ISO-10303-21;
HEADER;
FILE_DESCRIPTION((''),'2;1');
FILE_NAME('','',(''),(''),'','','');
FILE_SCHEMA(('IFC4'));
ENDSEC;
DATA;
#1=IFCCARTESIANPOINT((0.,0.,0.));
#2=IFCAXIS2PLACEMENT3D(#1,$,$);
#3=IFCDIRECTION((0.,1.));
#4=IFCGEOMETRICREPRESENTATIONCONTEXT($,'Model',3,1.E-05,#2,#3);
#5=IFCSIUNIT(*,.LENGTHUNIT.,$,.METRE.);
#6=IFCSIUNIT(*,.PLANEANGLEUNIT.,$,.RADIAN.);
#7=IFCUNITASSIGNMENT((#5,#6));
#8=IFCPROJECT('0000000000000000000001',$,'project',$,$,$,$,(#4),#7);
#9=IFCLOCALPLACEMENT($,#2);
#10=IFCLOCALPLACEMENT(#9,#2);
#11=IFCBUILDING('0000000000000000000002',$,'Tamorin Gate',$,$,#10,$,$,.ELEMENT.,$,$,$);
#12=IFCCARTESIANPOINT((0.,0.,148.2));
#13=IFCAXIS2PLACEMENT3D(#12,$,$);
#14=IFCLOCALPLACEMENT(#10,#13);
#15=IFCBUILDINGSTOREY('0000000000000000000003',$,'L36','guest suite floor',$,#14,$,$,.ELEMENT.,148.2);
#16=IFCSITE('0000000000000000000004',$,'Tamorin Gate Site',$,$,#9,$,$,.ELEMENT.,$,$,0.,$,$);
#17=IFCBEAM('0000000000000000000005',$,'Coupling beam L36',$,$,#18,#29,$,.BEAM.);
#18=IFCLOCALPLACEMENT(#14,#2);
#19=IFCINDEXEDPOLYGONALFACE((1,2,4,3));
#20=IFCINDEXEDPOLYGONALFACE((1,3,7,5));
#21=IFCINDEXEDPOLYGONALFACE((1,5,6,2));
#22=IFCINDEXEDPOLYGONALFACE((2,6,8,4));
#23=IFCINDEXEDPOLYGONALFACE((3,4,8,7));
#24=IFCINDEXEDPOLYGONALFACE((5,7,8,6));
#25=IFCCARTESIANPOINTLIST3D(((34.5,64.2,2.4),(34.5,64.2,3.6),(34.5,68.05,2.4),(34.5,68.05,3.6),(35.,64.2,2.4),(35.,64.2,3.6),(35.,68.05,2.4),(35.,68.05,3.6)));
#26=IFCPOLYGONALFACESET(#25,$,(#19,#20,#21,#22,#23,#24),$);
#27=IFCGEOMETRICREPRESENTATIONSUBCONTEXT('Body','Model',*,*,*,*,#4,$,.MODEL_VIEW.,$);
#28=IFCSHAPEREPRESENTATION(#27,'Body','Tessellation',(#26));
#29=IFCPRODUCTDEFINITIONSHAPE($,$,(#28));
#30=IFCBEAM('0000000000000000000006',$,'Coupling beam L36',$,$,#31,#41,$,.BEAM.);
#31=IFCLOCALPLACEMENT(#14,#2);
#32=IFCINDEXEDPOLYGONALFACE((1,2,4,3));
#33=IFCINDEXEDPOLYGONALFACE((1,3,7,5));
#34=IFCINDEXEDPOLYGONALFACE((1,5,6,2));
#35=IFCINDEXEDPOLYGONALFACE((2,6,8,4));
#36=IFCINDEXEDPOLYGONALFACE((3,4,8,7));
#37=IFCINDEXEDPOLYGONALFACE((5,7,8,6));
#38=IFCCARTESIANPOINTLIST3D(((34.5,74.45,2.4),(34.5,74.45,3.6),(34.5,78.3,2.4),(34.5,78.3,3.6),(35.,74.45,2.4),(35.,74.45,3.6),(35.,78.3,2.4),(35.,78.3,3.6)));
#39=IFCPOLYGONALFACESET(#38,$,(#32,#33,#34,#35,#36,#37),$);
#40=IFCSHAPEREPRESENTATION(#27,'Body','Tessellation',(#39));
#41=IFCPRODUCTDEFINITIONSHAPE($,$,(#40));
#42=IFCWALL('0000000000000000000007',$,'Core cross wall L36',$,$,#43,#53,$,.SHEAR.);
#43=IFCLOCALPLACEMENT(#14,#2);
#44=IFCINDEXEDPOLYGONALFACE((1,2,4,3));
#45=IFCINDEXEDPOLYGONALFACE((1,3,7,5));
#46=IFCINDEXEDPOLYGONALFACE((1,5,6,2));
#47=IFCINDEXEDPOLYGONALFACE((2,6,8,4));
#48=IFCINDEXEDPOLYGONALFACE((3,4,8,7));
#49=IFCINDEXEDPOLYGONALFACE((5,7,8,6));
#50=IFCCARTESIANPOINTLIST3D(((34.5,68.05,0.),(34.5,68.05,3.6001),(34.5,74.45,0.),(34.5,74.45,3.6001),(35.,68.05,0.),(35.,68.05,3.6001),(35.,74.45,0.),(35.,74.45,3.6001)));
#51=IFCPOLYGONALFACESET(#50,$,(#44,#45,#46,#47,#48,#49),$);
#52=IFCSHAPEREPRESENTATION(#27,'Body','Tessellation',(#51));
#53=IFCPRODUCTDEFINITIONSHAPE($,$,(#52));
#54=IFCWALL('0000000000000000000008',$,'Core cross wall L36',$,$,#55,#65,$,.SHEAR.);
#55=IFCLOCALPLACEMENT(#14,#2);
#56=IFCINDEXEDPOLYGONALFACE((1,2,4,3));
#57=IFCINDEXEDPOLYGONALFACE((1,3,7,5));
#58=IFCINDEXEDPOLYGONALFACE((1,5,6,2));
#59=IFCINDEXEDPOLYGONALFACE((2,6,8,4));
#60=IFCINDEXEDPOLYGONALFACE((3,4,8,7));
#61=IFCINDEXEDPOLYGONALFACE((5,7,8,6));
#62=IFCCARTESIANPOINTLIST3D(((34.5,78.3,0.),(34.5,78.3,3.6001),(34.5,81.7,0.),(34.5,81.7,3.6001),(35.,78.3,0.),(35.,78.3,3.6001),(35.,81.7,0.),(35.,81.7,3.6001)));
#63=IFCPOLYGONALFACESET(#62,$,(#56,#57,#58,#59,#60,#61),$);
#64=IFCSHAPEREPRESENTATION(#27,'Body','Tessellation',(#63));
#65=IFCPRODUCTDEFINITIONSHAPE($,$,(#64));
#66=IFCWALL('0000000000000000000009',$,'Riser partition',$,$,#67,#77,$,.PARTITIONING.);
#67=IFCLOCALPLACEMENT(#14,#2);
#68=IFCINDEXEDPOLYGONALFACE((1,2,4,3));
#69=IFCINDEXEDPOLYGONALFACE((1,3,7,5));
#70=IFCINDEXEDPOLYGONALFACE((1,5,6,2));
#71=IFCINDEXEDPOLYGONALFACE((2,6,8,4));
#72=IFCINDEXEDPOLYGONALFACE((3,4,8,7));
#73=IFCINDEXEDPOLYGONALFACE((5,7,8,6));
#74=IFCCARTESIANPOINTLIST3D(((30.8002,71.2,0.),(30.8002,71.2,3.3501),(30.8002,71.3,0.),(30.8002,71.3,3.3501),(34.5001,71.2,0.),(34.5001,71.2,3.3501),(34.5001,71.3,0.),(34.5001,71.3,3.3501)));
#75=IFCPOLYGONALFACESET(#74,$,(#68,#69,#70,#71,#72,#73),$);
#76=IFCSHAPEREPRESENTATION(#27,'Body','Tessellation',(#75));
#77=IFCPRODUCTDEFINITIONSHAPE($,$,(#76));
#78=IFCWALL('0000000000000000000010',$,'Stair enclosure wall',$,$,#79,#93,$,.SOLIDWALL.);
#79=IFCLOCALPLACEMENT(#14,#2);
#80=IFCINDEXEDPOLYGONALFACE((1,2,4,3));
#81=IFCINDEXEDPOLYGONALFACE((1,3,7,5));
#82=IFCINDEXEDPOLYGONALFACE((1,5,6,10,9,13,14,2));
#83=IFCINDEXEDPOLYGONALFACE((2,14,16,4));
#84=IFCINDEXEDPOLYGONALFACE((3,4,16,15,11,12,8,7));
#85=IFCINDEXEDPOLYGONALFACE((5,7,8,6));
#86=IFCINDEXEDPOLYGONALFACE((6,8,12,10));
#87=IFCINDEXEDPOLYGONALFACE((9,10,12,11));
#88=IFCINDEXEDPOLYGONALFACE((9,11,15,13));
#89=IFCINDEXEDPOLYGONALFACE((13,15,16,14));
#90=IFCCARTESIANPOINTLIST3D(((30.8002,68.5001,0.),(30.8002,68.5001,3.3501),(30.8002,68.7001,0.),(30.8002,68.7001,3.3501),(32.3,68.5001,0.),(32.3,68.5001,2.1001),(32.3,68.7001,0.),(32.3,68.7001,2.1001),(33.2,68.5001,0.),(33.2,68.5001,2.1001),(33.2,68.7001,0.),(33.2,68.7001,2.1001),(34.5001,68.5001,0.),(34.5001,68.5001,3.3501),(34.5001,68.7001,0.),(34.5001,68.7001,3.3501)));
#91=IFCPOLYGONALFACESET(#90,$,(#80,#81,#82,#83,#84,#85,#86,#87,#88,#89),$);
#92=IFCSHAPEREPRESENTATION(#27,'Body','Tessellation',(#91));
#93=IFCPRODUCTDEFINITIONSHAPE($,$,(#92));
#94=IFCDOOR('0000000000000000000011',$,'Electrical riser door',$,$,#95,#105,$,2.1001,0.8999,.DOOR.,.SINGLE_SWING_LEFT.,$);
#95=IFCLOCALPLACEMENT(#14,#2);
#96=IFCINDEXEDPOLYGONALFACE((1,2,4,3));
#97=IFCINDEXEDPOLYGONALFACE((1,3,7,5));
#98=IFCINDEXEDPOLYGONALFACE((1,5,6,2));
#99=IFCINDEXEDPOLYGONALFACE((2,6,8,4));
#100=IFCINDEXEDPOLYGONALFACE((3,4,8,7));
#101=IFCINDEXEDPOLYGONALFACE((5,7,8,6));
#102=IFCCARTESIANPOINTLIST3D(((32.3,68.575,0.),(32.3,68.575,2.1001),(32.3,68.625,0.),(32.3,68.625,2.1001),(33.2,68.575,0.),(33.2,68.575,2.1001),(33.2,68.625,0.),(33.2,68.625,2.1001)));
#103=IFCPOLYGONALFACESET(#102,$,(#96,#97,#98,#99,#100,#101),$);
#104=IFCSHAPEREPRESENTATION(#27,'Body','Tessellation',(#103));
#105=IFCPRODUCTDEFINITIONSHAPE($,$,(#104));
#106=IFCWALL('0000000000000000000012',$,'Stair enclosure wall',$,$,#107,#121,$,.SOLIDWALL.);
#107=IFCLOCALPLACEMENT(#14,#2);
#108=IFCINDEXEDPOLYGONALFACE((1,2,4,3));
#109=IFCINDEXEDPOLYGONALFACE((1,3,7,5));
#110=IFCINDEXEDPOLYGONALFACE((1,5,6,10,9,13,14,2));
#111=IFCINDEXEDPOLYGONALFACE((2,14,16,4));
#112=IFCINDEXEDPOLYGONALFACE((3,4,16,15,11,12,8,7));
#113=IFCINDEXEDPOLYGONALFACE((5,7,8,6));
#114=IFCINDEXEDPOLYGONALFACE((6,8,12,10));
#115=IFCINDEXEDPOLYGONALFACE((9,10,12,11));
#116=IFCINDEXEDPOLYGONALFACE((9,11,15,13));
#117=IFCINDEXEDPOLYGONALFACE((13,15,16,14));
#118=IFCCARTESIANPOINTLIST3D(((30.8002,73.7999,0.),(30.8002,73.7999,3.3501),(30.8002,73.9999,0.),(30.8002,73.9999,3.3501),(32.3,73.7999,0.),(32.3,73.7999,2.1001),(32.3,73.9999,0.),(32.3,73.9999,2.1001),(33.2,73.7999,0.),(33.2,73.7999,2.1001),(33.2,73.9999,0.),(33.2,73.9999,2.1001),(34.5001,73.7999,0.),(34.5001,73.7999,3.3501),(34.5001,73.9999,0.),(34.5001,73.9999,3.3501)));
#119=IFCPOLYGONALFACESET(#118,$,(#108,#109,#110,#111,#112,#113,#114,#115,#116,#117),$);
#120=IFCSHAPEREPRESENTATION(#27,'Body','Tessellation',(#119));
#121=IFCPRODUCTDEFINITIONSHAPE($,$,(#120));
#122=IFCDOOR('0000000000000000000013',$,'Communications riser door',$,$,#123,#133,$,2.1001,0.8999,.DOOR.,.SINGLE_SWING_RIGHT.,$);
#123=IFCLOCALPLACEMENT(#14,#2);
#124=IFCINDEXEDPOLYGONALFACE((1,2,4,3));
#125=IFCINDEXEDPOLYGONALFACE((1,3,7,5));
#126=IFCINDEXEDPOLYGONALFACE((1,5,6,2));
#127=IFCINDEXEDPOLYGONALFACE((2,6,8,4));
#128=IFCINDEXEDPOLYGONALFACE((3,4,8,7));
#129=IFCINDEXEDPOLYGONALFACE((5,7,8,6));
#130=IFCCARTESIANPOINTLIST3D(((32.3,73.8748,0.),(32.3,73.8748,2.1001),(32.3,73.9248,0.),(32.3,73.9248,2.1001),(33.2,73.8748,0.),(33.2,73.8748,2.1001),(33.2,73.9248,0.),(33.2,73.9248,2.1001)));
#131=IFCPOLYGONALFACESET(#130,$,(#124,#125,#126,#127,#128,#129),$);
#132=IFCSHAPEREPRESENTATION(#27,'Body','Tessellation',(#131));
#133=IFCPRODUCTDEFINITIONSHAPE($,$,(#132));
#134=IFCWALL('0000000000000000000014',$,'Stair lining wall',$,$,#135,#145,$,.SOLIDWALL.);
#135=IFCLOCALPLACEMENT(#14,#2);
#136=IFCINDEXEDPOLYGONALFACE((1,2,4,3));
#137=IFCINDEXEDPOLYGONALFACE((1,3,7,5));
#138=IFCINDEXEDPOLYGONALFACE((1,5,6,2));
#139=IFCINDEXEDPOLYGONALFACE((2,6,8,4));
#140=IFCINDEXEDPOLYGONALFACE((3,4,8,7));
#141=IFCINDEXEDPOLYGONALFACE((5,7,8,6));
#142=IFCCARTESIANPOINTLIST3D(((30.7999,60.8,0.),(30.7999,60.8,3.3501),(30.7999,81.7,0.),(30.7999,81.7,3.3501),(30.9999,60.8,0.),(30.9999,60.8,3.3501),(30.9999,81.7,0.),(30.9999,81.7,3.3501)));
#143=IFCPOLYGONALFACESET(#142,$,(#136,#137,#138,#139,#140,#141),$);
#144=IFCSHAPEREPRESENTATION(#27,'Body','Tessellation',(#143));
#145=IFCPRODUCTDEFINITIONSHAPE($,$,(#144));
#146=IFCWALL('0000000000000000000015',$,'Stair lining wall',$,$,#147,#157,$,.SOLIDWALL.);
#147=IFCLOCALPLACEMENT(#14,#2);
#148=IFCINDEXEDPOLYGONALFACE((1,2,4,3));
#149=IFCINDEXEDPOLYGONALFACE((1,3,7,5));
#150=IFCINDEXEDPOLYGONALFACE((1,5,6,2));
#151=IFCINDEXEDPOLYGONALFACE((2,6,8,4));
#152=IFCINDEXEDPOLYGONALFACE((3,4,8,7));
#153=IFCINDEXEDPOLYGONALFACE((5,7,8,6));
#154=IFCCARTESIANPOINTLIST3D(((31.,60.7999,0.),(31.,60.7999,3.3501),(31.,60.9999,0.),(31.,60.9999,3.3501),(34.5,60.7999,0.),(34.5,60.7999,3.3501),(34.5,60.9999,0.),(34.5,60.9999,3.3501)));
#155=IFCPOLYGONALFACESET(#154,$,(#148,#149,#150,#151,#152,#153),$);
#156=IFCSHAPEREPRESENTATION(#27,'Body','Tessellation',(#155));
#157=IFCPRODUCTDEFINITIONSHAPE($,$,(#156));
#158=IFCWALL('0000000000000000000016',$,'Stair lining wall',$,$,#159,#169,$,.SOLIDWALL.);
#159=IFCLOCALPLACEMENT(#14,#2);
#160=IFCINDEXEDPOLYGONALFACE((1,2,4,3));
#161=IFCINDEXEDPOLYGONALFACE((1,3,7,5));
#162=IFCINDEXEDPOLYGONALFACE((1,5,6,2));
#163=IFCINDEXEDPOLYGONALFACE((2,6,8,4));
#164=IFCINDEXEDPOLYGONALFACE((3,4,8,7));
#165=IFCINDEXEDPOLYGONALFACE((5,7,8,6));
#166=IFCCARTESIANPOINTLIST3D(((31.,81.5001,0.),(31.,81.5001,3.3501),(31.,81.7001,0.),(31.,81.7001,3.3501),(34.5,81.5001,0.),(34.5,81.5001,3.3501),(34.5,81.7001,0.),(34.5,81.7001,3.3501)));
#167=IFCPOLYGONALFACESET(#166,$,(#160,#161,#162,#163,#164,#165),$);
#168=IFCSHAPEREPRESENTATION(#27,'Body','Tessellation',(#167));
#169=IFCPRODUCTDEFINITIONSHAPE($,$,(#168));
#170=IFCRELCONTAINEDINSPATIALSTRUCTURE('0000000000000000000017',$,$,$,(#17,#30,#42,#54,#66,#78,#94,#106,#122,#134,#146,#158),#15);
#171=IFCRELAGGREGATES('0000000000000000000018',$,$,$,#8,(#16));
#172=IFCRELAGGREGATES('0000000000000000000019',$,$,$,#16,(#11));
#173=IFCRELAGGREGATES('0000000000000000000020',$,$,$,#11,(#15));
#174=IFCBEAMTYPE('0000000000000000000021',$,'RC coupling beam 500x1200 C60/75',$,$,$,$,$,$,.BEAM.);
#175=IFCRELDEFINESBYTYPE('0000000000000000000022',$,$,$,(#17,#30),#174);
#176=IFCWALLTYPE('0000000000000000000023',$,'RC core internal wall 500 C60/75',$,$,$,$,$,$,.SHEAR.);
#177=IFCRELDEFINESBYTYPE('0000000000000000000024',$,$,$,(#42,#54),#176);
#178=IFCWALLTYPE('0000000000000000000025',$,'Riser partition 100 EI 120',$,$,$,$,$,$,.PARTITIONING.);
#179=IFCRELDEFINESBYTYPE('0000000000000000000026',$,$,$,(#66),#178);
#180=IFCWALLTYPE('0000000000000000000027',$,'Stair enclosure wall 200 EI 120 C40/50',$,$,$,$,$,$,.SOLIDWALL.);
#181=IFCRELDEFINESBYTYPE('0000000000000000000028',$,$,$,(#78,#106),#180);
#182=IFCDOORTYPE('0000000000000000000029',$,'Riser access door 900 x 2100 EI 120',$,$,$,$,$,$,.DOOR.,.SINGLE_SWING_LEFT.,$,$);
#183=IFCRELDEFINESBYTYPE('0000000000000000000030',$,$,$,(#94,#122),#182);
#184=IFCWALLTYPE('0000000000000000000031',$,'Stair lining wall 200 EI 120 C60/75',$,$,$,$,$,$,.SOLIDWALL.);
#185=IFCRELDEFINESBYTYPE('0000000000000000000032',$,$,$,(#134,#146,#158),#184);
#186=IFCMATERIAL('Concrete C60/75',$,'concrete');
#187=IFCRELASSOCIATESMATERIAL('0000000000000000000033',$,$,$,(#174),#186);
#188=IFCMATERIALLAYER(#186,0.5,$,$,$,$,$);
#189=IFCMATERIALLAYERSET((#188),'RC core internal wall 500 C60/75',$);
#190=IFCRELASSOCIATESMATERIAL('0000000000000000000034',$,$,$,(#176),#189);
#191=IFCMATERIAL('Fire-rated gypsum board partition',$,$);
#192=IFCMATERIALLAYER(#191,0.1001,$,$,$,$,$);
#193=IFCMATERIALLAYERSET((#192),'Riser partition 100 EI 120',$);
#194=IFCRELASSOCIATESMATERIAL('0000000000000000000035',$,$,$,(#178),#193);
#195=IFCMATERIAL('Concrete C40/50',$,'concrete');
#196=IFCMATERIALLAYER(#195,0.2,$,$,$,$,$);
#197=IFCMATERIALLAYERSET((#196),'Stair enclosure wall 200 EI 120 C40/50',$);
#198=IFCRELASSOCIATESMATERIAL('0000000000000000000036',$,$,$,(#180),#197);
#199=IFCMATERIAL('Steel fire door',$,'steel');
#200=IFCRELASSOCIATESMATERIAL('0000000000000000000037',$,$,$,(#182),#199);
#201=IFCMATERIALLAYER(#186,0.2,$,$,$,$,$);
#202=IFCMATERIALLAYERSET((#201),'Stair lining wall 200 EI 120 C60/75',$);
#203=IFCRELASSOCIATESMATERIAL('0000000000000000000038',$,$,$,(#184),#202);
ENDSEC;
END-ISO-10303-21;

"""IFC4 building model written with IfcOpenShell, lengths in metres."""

from ifc_helpers import new_model, si_unit, direction, frame, frame_2d, origin, origin_2d, place, context, subcontext, project, spatial, rectangle, extrude, material, layer, layer_set, material_profile, profile_set, type_object, element, fill, save


model = new_model("IFC4")

# Units and contexts
model_context = context("Model", 3, precision=1e-05, world=origin(), true_north=direction((0.0, 1.0)))
body_context = subcontext(model_context, "Body", "Model", "MODEL_VIEW")
ifc_project = project(units=[si_unit("LENGTHUNIT", "METRE"), si_unit("PLANEANGLEUNIT", "RADIAN")], contexts=[model_context])

# Site, building, storey
site_placement = place(None, origin())
site = spatial("IfcSite", under=ifc_project, at=site_placement, Name="Tamorin Gate Site", CompositionType="ELEMENT", RefElevation=0.0)
building_placement = place(site_placement, origin())
building = spatial("IfcBuilding", under=site, at=building_placement, Name="Tamorin Gate", CompositionType="ELEMENT")
storey_placement = place(building_placement, frame((0.0, 0.0, 148.2)))
storey = spatial("IfcBuildingStorey", under=building, at=storey_placement, Name="L36", Description="guest suite floor", CompositionType="ELEMENT", Elevation=148.2)

# Beams
ifc_material_1 = material(Name="Concrete C60/75", Category="concrete")
ifc_material_profile = material_profile(ifc_material_1, rectangle(XDim=0.5, YDim=1.2, at=origin_2d()), Name="RC 500x1200")
ifc_profile_set = profile_set([ifc_material_profile], Name="Concrete C60/75")
beam_type = type_object("IfcBeamType", Name="RC coupling beam 500x1200 C60/75", PredefinedType="BEAM", material=ifc_profile_set)
for number, where, z_axis, x_axis, name in (
    (1, (34.75, 64.2, 3.0), (0.0, 1.0, 0.0), (-1.0, 0.0, 0.0), "Coupling beam L36"),
    (2, (34.75, 74.45, 3.0), (0.0, 1.0, 0.0), (-1.0, 0.0, 0.0), "Coupling beam L36"),
):
    element("IfcBeam", number, at=place(storey_placement, frame(where, z_axis=z_axis, x_axis=x_axis)), inside=storey, type_object=beam_type, Name=name, PredefinedType="BEAM", context=body_context, shape_type="SweptSolid", body=[
        extrude(rectangle(XDim=0.5, YDim=1.2, at=origin_2d()), origin(), (0.0, 0.0, 1.0), 3.8501),
    ])

# Walls
ifc_layer_1 = layer(ifc_material_1, 0.5)
ifc_layer_set_1 = layer_set([ifc_layer_1], Name="RC core internal wall 500 C60/75")
wall_type_1 = type_object("IfcWallType", Name="RC core internal wall 500 C60/75", PredefinedType="SHEAR", material=ifc_layer_set_1)
wall_1_placement = place(storey_placement, frame((34.75, 68.05, 0.0), z_axis=(0.0, 0.0, 1.0), x_axis=(0.0, 1.0, 0.0)))
element("IfcWall", 3, at=wall_1_placement, inside=storey, type_object=wall_type_1, Name="Core cross wall L36", PredefinedType="SHEAR", context=body_context, shape_type="SweptSolid", body=[
    extrude(rectangle(XDim=6.3999, YDim=0.5, at=frame_2d((3.2, 0.0))), origin(), (0.0, 0.0, 1.0), 3.6001),
])
wall_2_placement = place(storey_placement, frame((34.75, 78.3, 0.0), z_axis=(0.0, 0.0, 1.0), x_axis=(0.0, 1.0, 0.0)))
element("IfcWall", 4, at=wall_2_placement, inside=storey, type_object=wall_type_1, Name="Core cross wall L36", PredefinedType="SHEAR", context=body_context, shape_type="SweptSolid", body=[
    extrude(rectangle(XDim=3.3999, YDim=0.5, at=frame_2d((1.7, 0.0))), origin(), (0.0, 0.0, 1.0), 3.6001),
])
ifc_material_2 = material(Name="Fire-rated gypsum board partition")
ifc_layer_2 = layer(ifc_material_2, 0.1001)
ifc_layer_set_2 = layer_set([ifc_layer_2], Name="Riser partition 100 EI 120")
wall_type_2 = type_object("IfcWallType", Name="Riser partition 100 EI 120", PredefinedType="PARTITIONING", material=ifc_layer_set_2)
wall_3_placement = place(storey_placement, frame((30.8, 71.25, 0.0), z_axis=(0.0, 0.0, 1.0), x_axis=(1.0, 0.0, 0.0)))
element("IfcWall", 5, at=wall_3_placement, inside=storey, type_object=wall_type_2, Name="Riser partition", PredefinedType="PARTITIONING", context=body_context, shape_type="SweptSolid", body=[
    extrude(rectangle(XDim=3.7, YDim=0.1001, at=frame_2d((1.8501, 0.0))), origin(), (0.0, 0.0, 1.0), 3.3501),
])

# Walls, openings, doors
ifc_material_3 = material(Name="Concrete C40/50", Category="concrete")
ifc_layer_3 = layer(ifc_material_3, 0.2)
ifc_layer_set_3 = layer_set([ifc_layer_3], Name="Stair enclosure wall 200 EI 120 C40/50")
wall_type_3 = type_object("IfcWallType", Name="Stair enclosure wall 200 EI 120 C40/50", PredefinedType="SOLIDWALL", material=ifc_layer_set_3)
wall_4_placement = place(storey_placement, frame((30.8, 68.6001, 0.0), z_axis=(0.0, 0.0, 1.0), x_axis=(1.0, 0.0, 0.0)))
wall_4 = element("IfcWall", 6, at=wall_4_placement, inside=storey, type_object=wall_type_3, Name="Stair enclosure wall", PredefinedType="SOLIDWALL", context=body_context, shape_type="SweptSolid", body=[
    extrude(rectangle(XDim=3.7, YDim=0.2, at=frame_2d((1.8501, 0.0))), origin(), (0.0, 0.0, 1.0), 3.3501),
])
opening_1_placement = place(wall_4_placement, frame((1.5, 0.0, 0.0)))
opening_1 = element("IfcOpeningElement", 7, at=opening_1_placement, cuts=wall_4, PredefinedType="OPENING", context=body_context, shape_type="SweptSolid", body=[
    extrude(rectangle(XDim=0.8999, YDim=2.1001, at=frame_2d((0.45, 1.05))), frame((0.0, 0.1099, 0.0), z_axis=(0.0, -1.0, 0.0), x_axis=(1.0, 0.0, 0.0)), (0.0, 0.0, 1.0), 0.22),
])
ifc_material_4 = material(Name="Steel fire door", Category="steel")
door_type_1 = type_object("IfcDoorType", Name="Riser access door 900 x 2100 EI 120", OperationType="SINGLE_SWING_LEFT", PredefinedType="DOOR", material=ifc_material_4)
door_1_placement = place(opening_1_placement, origin())
door_1 = element("IfcDoor", 8, at=door_1_placement, inside=storey, type_object=door_type_1, Name="Electrical riser door", OperationType="SINGLE_SWING_LEFT", OverallHeight=2.1001, OverallWidth=0.8999, PredefinedType="DOOR", context=body_context, shape_type="SweptSolid", body=[
    extrude(rectangle(XDim=0.8999, YDim=2.1001, at=frame_2d((0.45, 1.05))), frame((0.0, 0.0249, 0.0), z_axis=(0.0, -1.0, 0.0), x_axis=(1.0, 0.0, 0.0)), (0.0, 0.0, 1.0), 0.05),
])
fill(opening_1, door_1)
wall_5_placement = place(storey_placement, frame((30.8, 73.8999, 0.0), z_axis=(0.0, 0.0, 1.0), x_axis=(1.0, 0.0, 0.0)))
wall_5 = element("IfcWall", 9, at=wall_5_placement, inside=storey, type_object=wall_type_3, Name="Stair enclosure wall", PredefinedType="SOLIDWALL", context=body_context, shape_type="SweptSolid", body=[
    extrude(rectangle(XDim=3.7, YDim=0.2, at=frame_2d((1.8501, 0.0))), origin(), (0.0, 0.0, 1.0), 3.3501),
])
opening_2_placement = place(wall_5_placement, frame((1.5, 0.0, 0.0)))
opening_2 = element("IfcOpeningElement", 10, at=opening_2_placement, cuts=wall_5, PredefinedType="OPENING", context=body_context, shape_type="SweptSolid", body=[
    extrude(rectangle(XDim=0.8999, YDim=2.1001, at=frame_2d((0.45, 1.05))), frame((0.0, 0.1099, 0.0), z_axis=(0.0, -1.0, 0.0), x_axis=(1.0, 0.0, 0.0)), (0.0, 0.0, 1.0), 0.22),
])
door_2_placement = place(opening_2_placement, origin())
door_2 = element("IfcDoor", 11, at=door_2_placement, inside=storey, type_object=door_type_1, Name="Communications riser door", OperationType="SINGLE_SWING_RIGHT", OverallHeight=2.1001, OverallWidth=0.8999, PredefinedType="DOOR", context=body_context, shape_type="SweptSolid", body=[
    extrude(rectangle(XDim=0.8999, YDim=2.1001, at=frame_2d((0.45, 1.05))), frame((0.0, 0.0249, 0.0), z_axis=(0.0, -1.0, 0.0), x_axis=(1.0, 0.0, 0.0)), (0.0, 0.0, 1.0), 0.05),
])
fill(opening_2, door_2)

# Walls
ifc_layer_4 = layer(ifc_material_1, 0.2)
ifc_layer_set_4 = layer_set([ifc_layer_4], Name="Stair lining wall 200 EI 120 C60/75")
wall_type_4 = type_object("IfcWallType", Name="Stair lining wall 200 EI 120 C60/75", PredefinedType="SOLIDWALL", material=ifc_layer_set_4)
wall_6_placement = place(storey_placement, frame((30.8999, 60.8, 0.0), z_axis=(0.0, 0.0, 1.0), x_axis=(0.0, 1.0, 0.0)))
element("IfcWall", 12, at=wall_6_placement, inside=storey, type_object=wall_type_4, Name="Stair lining wall", PredefinedType="SOLIDWALL", context=body_context, shape_type="SweptSolid", body=[
    extrude(rectangle(XDim=20.8999, YDim=0.2, at=frame_2d((10.45, 0.0))), origin(), (0.0, 0.0, 1.0), 3.3501),
])
for number, where, z_axis, x_axis, name in (
    (13, (31.0, 60.8999, 0.0), (0.0, 0.0, 1.0), (1.0, 0.0, 0.0), "Stair lining wall"),
    (14, (31.0, 81.6001, 0.0), (0.0, 0.0, 1.0), (1.0, 0.0, 0.0), "Stair lining wall"),
):
    element("IfcWall", number, at=place(storey_placement, frame(where, z_axis=z_axis, x_axis=x_axis)), inside=storey, type_object=wall_type_4, Name=name, PredefinedType="SOLIDWALL", context=body_context, shape_type="SweptSolid", body=[
        extrude(rectangle(XDim=3.5, YDim=0.2, at=frame_2d((1.75, 0.0))), origin(), (0.0, 0.0, 1.0), 3.3501),
    ])

save(model, "model.ifc")
